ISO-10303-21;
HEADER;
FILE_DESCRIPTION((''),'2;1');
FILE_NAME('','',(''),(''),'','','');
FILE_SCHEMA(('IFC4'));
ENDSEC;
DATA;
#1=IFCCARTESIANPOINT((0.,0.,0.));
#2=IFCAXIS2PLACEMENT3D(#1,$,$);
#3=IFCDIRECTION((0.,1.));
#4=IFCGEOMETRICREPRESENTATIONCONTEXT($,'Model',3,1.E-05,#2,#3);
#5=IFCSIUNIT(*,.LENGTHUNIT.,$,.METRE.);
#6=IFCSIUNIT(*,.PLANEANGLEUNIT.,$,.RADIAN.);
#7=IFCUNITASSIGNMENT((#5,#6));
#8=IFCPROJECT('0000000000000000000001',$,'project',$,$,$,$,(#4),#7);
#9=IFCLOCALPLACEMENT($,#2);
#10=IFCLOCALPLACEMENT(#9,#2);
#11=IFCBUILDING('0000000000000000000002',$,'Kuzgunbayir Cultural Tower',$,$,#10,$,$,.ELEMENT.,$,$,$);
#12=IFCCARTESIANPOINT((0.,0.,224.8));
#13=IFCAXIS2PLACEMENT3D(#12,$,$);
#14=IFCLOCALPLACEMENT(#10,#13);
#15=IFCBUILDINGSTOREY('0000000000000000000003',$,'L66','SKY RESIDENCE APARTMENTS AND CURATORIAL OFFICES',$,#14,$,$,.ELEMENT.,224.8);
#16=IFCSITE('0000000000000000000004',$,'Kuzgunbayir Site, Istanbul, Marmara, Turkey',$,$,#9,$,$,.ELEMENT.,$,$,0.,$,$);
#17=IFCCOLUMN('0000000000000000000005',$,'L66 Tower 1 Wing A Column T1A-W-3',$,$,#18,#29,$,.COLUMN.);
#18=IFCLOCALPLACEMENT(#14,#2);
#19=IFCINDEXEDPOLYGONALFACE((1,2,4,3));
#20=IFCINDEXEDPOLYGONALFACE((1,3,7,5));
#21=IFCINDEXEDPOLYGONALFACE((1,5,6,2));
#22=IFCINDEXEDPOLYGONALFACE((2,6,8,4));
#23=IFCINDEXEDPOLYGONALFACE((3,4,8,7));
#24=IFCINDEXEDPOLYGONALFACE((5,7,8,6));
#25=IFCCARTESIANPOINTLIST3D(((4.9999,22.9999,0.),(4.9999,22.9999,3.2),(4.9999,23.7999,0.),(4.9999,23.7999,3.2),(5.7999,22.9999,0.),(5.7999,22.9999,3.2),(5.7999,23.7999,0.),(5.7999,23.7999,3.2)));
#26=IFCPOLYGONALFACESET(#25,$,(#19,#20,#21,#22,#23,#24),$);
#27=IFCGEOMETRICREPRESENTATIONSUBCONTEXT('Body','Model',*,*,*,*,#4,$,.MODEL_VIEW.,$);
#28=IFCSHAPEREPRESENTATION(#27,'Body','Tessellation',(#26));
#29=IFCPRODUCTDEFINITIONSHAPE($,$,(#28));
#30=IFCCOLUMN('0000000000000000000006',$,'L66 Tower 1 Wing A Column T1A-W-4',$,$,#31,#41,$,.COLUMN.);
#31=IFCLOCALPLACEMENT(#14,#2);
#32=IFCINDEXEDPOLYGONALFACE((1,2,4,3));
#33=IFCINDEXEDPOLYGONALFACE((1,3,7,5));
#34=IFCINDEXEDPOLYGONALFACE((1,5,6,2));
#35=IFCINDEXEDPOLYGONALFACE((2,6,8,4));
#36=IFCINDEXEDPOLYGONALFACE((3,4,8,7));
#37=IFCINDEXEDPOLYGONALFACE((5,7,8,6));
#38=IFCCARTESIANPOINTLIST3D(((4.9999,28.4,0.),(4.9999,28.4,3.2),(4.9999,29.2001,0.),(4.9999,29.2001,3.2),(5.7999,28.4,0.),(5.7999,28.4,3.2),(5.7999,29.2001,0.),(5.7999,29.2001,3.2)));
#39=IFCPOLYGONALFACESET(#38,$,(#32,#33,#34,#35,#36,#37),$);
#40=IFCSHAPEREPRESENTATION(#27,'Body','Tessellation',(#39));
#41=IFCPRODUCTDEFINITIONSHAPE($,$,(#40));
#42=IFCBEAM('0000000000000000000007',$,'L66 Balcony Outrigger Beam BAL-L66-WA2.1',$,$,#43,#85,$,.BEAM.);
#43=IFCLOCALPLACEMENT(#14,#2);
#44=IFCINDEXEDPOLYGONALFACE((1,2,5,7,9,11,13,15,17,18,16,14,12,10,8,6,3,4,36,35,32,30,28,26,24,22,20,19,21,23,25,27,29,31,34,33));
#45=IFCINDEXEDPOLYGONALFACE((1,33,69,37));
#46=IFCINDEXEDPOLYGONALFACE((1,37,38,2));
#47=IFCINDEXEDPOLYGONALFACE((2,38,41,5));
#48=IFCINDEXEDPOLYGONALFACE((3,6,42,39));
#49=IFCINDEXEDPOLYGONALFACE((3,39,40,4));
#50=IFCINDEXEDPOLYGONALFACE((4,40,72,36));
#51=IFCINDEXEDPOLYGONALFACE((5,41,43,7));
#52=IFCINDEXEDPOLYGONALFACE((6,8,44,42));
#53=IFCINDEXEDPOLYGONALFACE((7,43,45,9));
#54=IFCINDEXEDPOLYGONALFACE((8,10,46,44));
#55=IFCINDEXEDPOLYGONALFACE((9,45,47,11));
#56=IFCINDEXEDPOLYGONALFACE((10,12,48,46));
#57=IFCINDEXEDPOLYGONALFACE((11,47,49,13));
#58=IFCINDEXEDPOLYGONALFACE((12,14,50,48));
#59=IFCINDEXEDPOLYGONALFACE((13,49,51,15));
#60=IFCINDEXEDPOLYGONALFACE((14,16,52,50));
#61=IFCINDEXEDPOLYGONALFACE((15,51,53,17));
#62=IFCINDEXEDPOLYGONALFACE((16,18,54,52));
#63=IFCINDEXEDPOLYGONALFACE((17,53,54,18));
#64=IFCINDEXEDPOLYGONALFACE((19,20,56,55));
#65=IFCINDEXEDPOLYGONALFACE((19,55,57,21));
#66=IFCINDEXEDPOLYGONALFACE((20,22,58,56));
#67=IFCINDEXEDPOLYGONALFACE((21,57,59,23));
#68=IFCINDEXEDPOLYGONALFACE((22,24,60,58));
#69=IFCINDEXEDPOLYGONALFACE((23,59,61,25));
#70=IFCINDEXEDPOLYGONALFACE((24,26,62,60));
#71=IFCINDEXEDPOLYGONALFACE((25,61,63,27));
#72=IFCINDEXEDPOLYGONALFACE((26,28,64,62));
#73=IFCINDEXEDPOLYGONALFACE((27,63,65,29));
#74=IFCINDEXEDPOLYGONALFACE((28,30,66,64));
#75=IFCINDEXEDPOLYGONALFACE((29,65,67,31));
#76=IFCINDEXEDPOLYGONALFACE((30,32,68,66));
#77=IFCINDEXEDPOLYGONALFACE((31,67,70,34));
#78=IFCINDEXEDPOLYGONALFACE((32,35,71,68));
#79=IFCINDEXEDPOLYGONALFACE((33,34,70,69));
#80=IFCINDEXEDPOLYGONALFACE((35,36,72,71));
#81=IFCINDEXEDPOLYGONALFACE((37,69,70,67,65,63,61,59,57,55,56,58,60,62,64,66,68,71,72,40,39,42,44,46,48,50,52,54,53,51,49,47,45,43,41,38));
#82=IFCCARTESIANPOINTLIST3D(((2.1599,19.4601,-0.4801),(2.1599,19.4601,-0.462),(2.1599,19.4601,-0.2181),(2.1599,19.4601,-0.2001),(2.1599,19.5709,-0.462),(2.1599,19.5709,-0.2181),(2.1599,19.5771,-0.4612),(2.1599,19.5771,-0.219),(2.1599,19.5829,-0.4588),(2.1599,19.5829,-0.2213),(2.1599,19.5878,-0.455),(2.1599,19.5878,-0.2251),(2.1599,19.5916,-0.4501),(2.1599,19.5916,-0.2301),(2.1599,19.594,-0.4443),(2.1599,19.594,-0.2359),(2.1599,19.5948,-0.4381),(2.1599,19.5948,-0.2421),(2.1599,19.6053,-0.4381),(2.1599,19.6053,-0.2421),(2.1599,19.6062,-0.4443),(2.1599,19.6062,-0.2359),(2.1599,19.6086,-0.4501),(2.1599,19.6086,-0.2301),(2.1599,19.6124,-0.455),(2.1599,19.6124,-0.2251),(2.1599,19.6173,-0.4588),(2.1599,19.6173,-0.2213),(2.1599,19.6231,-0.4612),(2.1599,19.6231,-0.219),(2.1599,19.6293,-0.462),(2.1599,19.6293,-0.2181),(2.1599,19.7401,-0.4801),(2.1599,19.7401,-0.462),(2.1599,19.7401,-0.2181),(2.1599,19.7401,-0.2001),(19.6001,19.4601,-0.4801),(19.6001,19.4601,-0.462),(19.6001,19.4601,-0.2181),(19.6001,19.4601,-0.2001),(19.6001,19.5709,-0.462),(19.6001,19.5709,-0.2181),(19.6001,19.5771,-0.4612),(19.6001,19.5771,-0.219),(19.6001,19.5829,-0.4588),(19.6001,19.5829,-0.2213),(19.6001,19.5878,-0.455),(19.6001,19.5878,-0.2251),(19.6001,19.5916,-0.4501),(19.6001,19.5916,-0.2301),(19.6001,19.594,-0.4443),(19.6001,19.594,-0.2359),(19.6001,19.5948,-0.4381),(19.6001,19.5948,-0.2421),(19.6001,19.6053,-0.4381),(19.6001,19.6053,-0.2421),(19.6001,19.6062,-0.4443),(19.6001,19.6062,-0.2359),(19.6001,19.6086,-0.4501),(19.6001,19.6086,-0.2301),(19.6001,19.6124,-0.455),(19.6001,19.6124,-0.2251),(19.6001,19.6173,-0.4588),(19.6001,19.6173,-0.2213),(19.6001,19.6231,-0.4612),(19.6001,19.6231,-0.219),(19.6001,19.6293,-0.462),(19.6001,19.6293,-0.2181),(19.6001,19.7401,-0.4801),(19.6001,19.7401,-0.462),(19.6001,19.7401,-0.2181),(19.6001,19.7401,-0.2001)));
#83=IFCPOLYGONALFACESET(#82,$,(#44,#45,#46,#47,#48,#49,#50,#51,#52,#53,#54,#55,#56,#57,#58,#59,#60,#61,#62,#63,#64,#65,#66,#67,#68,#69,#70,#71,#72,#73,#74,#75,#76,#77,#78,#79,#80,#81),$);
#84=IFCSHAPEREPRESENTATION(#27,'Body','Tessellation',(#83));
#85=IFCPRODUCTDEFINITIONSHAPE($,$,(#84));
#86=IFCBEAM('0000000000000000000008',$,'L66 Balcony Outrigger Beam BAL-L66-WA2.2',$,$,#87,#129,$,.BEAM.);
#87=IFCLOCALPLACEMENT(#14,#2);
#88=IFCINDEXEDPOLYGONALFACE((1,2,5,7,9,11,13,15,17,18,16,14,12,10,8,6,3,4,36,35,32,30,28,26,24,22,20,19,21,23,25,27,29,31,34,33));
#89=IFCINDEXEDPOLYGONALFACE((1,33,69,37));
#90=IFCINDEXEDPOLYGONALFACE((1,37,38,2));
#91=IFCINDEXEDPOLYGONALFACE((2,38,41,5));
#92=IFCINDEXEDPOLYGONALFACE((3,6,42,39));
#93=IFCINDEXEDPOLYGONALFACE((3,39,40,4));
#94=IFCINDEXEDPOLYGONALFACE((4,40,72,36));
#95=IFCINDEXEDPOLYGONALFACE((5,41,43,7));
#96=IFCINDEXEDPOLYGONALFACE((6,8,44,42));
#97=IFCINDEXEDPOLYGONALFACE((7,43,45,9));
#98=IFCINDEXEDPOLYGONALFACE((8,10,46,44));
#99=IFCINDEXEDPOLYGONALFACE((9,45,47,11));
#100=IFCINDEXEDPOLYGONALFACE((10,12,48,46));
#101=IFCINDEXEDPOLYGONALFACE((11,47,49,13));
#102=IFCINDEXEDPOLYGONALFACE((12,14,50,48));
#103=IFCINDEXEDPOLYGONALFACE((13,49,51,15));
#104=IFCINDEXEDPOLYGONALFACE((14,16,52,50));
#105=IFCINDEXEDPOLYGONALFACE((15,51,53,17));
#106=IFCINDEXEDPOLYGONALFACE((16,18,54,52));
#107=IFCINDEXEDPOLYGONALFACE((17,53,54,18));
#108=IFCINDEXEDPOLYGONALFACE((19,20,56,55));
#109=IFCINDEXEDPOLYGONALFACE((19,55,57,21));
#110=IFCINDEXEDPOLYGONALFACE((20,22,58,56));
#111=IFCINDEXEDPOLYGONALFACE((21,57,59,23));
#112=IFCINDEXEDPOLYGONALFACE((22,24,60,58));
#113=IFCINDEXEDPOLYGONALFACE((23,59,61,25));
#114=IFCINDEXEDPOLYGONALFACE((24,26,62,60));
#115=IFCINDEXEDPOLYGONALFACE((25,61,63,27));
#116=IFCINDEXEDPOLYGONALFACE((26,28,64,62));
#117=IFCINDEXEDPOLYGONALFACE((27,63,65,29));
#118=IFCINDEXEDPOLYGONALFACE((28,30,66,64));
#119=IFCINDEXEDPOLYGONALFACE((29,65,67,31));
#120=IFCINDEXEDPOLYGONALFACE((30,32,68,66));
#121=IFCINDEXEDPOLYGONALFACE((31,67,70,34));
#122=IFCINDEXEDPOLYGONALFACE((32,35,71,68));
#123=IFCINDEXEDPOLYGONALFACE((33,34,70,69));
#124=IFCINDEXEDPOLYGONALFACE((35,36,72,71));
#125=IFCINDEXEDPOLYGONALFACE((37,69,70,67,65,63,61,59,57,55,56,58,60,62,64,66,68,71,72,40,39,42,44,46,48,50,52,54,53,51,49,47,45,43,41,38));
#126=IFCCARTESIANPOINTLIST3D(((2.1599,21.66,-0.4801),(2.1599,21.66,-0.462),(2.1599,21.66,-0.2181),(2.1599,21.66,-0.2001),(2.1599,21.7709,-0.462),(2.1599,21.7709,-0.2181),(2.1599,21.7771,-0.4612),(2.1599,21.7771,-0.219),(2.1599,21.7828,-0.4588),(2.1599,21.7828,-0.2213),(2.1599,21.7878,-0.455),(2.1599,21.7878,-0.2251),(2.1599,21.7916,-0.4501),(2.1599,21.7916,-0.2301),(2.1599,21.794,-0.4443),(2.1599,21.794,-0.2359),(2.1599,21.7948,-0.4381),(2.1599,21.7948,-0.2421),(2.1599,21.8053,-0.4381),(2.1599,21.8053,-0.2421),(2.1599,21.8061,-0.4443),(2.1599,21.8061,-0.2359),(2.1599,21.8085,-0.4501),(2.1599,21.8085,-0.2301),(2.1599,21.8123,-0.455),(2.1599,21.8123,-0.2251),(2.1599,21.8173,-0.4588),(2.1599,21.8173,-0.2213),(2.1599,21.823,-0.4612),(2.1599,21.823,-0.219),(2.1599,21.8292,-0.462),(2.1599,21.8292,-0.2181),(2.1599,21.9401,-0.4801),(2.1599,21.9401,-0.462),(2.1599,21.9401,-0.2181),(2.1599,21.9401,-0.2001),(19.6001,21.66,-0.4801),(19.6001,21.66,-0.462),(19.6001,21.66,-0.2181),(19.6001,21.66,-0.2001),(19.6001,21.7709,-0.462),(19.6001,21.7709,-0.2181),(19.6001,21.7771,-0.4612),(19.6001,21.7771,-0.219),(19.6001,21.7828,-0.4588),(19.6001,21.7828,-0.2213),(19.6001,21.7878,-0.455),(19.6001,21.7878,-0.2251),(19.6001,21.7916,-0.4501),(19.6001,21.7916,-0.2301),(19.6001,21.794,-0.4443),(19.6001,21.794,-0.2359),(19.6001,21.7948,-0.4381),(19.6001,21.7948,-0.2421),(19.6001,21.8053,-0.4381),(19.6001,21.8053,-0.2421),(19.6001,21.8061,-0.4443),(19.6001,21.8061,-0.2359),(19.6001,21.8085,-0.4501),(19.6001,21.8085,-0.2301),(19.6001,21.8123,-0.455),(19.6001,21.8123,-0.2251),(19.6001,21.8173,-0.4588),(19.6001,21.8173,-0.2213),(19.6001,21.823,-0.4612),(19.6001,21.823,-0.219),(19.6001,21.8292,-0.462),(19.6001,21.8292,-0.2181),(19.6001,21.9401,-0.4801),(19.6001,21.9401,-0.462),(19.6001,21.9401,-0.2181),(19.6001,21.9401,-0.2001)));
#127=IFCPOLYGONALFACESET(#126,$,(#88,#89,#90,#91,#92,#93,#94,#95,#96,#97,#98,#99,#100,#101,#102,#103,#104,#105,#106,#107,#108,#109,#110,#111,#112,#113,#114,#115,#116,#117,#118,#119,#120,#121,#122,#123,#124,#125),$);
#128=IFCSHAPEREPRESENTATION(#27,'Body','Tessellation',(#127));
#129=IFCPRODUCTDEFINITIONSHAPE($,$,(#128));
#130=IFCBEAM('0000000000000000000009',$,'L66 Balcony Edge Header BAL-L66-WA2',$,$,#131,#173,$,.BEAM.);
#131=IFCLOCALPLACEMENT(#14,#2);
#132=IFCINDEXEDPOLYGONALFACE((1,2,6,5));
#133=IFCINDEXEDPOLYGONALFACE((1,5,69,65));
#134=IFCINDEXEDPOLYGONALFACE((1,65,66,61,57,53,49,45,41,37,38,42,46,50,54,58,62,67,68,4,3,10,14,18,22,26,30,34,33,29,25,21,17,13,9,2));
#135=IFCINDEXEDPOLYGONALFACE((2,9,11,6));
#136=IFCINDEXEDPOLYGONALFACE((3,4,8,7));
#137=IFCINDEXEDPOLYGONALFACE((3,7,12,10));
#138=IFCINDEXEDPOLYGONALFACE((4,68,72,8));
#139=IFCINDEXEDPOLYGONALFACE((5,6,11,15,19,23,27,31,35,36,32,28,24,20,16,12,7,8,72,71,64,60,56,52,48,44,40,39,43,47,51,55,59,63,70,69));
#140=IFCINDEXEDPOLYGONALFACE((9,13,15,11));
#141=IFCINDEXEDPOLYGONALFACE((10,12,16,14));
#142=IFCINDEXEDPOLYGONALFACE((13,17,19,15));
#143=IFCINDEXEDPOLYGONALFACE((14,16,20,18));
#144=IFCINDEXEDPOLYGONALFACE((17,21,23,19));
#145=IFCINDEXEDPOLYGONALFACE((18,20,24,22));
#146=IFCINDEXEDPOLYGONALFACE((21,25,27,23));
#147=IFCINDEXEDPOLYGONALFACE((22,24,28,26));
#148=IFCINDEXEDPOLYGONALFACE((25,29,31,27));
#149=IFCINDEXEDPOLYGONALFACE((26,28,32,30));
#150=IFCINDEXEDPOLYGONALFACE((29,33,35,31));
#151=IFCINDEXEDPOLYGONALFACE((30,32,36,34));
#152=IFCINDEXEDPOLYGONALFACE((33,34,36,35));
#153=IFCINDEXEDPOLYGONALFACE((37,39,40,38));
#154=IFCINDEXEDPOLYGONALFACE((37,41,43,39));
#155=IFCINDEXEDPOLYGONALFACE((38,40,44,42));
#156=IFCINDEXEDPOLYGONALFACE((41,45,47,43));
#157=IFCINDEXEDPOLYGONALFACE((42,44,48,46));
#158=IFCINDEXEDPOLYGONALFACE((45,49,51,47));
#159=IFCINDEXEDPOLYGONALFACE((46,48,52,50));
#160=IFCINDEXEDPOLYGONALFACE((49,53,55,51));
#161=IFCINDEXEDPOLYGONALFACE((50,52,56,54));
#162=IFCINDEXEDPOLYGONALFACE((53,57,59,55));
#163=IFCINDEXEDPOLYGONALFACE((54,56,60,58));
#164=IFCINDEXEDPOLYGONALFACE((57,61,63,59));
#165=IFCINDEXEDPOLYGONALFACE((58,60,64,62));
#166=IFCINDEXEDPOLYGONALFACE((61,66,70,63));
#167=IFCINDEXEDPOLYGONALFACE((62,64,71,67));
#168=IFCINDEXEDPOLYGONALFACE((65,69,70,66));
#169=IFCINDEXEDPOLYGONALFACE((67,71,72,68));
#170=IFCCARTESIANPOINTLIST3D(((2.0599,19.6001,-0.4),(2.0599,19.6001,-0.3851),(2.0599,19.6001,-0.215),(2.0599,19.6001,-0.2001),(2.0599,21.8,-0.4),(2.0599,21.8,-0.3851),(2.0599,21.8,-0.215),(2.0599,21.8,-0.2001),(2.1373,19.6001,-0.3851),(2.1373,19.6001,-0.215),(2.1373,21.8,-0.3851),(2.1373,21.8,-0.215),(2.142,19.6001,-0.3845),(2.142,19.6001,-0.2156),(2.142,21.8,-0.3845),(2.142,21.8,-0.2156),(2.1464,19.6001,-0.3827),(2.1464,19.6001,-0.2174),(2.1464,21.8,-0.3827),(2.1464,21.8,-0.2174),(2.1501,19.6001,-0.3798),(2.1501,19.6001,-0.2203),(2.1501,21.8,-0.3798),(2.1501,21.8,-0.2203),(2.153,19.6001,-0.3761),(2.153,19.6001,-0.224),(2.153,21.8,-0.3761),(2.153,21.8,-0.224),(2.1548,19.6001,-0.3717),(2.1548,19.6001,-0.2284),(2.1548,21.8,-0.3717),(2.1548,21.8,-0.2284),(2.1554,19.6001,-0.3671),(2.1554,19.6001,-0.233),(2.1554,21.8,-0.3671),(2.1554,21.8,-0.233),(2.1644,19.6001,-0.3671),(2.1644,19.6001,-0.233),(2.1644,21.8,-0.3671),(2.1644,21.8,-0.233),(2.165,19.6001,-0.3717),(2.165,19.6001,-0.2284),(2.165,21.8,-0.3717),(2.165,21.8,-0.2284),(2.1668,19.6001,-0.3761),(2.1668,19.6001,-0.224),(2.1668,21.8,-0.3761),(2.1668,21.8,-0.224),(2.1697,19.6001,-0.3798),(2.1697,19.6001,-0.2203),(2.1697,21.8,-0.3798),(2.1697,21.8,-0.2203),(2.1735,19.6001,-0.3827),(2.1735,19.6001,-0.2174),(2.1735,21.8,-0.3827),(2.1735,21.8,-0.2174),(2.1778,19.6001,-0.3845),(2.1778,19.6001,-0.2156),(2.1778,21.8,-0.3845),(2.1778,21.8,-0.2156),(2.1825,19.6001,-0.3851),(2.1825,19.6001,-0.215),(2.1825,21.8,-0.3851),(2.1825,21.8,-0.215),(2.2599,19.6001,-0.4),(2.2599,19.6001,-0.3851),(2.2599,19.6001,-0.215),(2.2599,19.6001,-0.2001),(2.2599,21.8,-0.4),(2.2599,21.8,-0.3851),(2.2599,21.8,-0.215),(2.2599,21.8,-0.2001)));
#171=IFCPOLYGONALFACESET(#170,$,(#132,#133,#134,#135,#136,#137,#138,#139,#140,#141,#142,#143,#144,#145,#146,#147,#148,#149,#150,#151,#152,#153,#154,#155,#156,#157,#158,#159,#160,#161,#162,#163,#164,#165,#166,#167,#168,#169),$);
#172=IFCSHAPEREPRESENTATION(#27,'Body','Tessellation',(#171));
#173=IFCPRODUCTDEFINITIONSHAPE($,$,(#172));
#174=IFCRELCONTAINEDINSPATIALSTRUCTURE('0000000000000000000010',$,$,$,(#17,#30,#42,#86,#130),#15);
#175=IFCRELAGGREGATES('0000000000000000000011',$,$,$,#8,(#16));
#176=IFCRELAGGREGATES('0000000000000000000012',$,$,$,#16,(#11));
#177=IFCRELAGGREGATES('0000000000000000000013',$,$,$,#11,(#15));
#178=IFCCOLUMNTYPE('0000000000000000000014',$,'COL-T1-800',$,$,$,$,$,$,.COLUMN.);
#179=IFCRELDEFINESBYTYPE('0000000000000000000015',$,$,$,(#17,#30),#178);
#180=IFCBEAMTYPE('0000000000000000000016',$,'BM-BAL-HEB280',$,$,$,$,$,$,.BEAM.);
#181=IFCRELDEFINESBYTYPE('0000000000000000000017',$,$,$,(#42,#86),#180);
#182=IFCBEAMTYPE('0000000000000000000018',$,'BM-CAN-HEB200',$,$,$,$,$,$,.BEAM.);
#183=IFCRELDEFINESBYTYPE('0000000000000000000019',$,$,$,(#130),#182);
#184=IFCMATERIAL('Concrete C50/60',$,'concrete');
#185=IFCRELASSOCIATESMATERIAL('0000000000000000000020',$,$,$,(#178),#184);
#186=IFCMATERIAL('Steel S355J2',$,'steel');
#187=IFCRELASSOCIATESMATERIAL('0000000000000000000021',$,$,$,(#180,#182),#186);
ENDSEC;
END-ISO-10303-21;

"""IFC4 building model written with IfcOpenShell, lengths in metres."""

from ifc_helpers import new_model, si_unit, direction, frame, origin, origin_2d, place, context, subcontext, project, spatial, rectangle, i_section, extrude, material, material_profile, profile_set, type_object, element, save


model = new_model("IFC4")

# Units and contexts
model_context = context("Model", 3, precision=1e-05, world=origin(), true_north=direction((0.0, 1.0)))
body_context = subcontext(model_context, "Body", "Model", "MODEL_VIEW")
ifc_project = project(units=[si_unit("LENGTHUNIT", "METRE"), si_unit("PLANEANGLEUNIT", "RADIAN")], contexts=[model_context])

# Site, building, storey
site_placement = place(None, origin())
site = spatial("IfcSite", under=ifc_project, at=site_placement, Name="Kuzgunbayir Site, Istanbul, Marmara, Turkey", CompositionType="ELEMENT", RefElevation=0.0)
building_placement = place(site_placement, origin())
building = spatial("IfcBuilding", under=site, at=building_placement, Name="Kuzgunbayir Cultural Tower", CompositionType="ELEMENT")
storey_placement = place(building_placement, frame((0.0, 0.0, 224.8)))
storey = spatial("IfcBuildingStorey", under=building, at=storey_placement, Name="L66", Description="SKY RESIDENCE APARTMENTS AND CURATORIAL OFFICES", CompositionType="ELEMENT", Elevation=224.8)

# Columns
ifc_material_1 = material(Name="Concrete C50/60", Category="concrete")
ifc_material_profile_1 = material_profile(ifc_material_1, rectangle(XDim=0.8, YDim=0.8, at=origin_2d()), Name="RC 800x800")
ifc_profile_set_1 = profile_set([ifc_material_profile_1], Name="Concrete C50/60")
column_type = type_object("IfcColumnType", Name="COL-T1-800", PredefinedType="COLUMN", material=ifc_profile_set_1)
for number, where, z_axis, x_axis, name in (
    (1, (5.3999, 23.3999, 0.0), (0.0, 0.0, 1.0), (1.0, 0.0, 0.0), "L66 Tower 1 Wing A Column T1A-W-3"),
    (2, (5.3999, 28.8, 0.0), (0.0, 0.0, 1.0), (1.0, 0.0, 0.0), "L66 Tower 1 Wing A Column T1A-W-4"),
):
    element("IfcColumn", number, at=place(storey_placement, frame(where, z_axis=z_axis, x_axis=x_axis)), inside=storey, type_object=column_type, Name=name, PredefinedType="COLUMN", context=body_context, shape_type="SweptSolid", body=[
        extrude(rectangle(XDim=0.8, YDim=0.8, at=origin_2d()), origin(), (0.0, 0.0, 1.0), 3.2),
    ])

# Beams
ifc_material_2 = material(Name="Steel S355J2", Category="steel")
ifc_material_profile_2 = material_profile(ifc_material_2, i_section(OverallWidth=0.28, OverallDepth=0.28, WebThickness=0.0105, FlangeThickness=0.0181, FilletRadius=0.0239, at=origin_2d()), Name="HEB 280")
ifc_profile_set_2 = profile_set([ifc_material_profile_2], Name="Steel S355J2")
beam_type_1 = type_object("IfcBeamType", Name="BM-BAL-HEB280", PredefinedType="BEAM", material=ifc_profile_set_2)
for number, where, z_axis, x_axis, name in (
    (3, (2.1599, 19.6001, -0.3401), (1.0, 0.0, 0.0), (0.0, 1.0, 0.0), "L66 Balcony Outrigger Beam BAL-L66-WA2.1"),
    (4, (2.1599, 21.8, -0.3401), (1.0, 0.0, 0.0), (0.0, 1.0, 0.0), "L66 Balcony Outrigger Beam BAL-L66-WA2.2"),
):
    element("IfcBeam", number, at=place(storey_placement, frame(where, z_axis=z_axis, x_axis=x_axis)), inside=storey, type_object=beam_type_1, Name=name, PredefinedType="BEAM", context=body_context, shape_type="SweptSolid", body=[
        extrude(i_section(OverallWidth=0.28, OverallDepth=0.28, WebThickness=0.0105, FlangeThickness=0.0181, FilletRadius=0.0239, at=origin_2d()), origin(), (0.0, 0.0, 1.0), 17.4402),
    ])
ifc_material_profile_3 = material_profile(ifc_material_2, i_section(OverallWidth=0.2, OverallDepth=0.2, WebThickness=0.009, FlangeThickness=0.0149, FilletRadius=0.0181, at=origin_2d()), Name="HEB 200")
ifc_profile_set_3 = profile_set([ifc_material_profile_3], Name="Steel S355J2")
beam_type_2 = type_object("IfcBeamType", Name="BM-CAN-HEB200", PredefinedType="BEAM", material=ifc_profile_set_3)
beam_1_placement = place(storey_placement, frame((2.1599, 19.6001, -0.3), z_axis=(0.0, 1.0, 0.0), x_axis=(-1.0, 0.0, 0.0)))
element("IfcBeam", 5, at=beam_1_placement, inside=storey, type_object=beam_type_2, Name="L66 Balcony Edge Header BAL-L66-WA2", PredefinedType="BEAM", context=body_context, shape_type="SweptSolid", body=[
    extrude(i_section(OverallWidth=0.2, OverallDepth=0.2, WebThickness=0.009, FlangeThickness=0.0149, FilletRadius=0.0181, at=origin_2d()), origin(), (0.0, 0.0, 1.0), 2.2),
])

save(model, "model.ifc")
